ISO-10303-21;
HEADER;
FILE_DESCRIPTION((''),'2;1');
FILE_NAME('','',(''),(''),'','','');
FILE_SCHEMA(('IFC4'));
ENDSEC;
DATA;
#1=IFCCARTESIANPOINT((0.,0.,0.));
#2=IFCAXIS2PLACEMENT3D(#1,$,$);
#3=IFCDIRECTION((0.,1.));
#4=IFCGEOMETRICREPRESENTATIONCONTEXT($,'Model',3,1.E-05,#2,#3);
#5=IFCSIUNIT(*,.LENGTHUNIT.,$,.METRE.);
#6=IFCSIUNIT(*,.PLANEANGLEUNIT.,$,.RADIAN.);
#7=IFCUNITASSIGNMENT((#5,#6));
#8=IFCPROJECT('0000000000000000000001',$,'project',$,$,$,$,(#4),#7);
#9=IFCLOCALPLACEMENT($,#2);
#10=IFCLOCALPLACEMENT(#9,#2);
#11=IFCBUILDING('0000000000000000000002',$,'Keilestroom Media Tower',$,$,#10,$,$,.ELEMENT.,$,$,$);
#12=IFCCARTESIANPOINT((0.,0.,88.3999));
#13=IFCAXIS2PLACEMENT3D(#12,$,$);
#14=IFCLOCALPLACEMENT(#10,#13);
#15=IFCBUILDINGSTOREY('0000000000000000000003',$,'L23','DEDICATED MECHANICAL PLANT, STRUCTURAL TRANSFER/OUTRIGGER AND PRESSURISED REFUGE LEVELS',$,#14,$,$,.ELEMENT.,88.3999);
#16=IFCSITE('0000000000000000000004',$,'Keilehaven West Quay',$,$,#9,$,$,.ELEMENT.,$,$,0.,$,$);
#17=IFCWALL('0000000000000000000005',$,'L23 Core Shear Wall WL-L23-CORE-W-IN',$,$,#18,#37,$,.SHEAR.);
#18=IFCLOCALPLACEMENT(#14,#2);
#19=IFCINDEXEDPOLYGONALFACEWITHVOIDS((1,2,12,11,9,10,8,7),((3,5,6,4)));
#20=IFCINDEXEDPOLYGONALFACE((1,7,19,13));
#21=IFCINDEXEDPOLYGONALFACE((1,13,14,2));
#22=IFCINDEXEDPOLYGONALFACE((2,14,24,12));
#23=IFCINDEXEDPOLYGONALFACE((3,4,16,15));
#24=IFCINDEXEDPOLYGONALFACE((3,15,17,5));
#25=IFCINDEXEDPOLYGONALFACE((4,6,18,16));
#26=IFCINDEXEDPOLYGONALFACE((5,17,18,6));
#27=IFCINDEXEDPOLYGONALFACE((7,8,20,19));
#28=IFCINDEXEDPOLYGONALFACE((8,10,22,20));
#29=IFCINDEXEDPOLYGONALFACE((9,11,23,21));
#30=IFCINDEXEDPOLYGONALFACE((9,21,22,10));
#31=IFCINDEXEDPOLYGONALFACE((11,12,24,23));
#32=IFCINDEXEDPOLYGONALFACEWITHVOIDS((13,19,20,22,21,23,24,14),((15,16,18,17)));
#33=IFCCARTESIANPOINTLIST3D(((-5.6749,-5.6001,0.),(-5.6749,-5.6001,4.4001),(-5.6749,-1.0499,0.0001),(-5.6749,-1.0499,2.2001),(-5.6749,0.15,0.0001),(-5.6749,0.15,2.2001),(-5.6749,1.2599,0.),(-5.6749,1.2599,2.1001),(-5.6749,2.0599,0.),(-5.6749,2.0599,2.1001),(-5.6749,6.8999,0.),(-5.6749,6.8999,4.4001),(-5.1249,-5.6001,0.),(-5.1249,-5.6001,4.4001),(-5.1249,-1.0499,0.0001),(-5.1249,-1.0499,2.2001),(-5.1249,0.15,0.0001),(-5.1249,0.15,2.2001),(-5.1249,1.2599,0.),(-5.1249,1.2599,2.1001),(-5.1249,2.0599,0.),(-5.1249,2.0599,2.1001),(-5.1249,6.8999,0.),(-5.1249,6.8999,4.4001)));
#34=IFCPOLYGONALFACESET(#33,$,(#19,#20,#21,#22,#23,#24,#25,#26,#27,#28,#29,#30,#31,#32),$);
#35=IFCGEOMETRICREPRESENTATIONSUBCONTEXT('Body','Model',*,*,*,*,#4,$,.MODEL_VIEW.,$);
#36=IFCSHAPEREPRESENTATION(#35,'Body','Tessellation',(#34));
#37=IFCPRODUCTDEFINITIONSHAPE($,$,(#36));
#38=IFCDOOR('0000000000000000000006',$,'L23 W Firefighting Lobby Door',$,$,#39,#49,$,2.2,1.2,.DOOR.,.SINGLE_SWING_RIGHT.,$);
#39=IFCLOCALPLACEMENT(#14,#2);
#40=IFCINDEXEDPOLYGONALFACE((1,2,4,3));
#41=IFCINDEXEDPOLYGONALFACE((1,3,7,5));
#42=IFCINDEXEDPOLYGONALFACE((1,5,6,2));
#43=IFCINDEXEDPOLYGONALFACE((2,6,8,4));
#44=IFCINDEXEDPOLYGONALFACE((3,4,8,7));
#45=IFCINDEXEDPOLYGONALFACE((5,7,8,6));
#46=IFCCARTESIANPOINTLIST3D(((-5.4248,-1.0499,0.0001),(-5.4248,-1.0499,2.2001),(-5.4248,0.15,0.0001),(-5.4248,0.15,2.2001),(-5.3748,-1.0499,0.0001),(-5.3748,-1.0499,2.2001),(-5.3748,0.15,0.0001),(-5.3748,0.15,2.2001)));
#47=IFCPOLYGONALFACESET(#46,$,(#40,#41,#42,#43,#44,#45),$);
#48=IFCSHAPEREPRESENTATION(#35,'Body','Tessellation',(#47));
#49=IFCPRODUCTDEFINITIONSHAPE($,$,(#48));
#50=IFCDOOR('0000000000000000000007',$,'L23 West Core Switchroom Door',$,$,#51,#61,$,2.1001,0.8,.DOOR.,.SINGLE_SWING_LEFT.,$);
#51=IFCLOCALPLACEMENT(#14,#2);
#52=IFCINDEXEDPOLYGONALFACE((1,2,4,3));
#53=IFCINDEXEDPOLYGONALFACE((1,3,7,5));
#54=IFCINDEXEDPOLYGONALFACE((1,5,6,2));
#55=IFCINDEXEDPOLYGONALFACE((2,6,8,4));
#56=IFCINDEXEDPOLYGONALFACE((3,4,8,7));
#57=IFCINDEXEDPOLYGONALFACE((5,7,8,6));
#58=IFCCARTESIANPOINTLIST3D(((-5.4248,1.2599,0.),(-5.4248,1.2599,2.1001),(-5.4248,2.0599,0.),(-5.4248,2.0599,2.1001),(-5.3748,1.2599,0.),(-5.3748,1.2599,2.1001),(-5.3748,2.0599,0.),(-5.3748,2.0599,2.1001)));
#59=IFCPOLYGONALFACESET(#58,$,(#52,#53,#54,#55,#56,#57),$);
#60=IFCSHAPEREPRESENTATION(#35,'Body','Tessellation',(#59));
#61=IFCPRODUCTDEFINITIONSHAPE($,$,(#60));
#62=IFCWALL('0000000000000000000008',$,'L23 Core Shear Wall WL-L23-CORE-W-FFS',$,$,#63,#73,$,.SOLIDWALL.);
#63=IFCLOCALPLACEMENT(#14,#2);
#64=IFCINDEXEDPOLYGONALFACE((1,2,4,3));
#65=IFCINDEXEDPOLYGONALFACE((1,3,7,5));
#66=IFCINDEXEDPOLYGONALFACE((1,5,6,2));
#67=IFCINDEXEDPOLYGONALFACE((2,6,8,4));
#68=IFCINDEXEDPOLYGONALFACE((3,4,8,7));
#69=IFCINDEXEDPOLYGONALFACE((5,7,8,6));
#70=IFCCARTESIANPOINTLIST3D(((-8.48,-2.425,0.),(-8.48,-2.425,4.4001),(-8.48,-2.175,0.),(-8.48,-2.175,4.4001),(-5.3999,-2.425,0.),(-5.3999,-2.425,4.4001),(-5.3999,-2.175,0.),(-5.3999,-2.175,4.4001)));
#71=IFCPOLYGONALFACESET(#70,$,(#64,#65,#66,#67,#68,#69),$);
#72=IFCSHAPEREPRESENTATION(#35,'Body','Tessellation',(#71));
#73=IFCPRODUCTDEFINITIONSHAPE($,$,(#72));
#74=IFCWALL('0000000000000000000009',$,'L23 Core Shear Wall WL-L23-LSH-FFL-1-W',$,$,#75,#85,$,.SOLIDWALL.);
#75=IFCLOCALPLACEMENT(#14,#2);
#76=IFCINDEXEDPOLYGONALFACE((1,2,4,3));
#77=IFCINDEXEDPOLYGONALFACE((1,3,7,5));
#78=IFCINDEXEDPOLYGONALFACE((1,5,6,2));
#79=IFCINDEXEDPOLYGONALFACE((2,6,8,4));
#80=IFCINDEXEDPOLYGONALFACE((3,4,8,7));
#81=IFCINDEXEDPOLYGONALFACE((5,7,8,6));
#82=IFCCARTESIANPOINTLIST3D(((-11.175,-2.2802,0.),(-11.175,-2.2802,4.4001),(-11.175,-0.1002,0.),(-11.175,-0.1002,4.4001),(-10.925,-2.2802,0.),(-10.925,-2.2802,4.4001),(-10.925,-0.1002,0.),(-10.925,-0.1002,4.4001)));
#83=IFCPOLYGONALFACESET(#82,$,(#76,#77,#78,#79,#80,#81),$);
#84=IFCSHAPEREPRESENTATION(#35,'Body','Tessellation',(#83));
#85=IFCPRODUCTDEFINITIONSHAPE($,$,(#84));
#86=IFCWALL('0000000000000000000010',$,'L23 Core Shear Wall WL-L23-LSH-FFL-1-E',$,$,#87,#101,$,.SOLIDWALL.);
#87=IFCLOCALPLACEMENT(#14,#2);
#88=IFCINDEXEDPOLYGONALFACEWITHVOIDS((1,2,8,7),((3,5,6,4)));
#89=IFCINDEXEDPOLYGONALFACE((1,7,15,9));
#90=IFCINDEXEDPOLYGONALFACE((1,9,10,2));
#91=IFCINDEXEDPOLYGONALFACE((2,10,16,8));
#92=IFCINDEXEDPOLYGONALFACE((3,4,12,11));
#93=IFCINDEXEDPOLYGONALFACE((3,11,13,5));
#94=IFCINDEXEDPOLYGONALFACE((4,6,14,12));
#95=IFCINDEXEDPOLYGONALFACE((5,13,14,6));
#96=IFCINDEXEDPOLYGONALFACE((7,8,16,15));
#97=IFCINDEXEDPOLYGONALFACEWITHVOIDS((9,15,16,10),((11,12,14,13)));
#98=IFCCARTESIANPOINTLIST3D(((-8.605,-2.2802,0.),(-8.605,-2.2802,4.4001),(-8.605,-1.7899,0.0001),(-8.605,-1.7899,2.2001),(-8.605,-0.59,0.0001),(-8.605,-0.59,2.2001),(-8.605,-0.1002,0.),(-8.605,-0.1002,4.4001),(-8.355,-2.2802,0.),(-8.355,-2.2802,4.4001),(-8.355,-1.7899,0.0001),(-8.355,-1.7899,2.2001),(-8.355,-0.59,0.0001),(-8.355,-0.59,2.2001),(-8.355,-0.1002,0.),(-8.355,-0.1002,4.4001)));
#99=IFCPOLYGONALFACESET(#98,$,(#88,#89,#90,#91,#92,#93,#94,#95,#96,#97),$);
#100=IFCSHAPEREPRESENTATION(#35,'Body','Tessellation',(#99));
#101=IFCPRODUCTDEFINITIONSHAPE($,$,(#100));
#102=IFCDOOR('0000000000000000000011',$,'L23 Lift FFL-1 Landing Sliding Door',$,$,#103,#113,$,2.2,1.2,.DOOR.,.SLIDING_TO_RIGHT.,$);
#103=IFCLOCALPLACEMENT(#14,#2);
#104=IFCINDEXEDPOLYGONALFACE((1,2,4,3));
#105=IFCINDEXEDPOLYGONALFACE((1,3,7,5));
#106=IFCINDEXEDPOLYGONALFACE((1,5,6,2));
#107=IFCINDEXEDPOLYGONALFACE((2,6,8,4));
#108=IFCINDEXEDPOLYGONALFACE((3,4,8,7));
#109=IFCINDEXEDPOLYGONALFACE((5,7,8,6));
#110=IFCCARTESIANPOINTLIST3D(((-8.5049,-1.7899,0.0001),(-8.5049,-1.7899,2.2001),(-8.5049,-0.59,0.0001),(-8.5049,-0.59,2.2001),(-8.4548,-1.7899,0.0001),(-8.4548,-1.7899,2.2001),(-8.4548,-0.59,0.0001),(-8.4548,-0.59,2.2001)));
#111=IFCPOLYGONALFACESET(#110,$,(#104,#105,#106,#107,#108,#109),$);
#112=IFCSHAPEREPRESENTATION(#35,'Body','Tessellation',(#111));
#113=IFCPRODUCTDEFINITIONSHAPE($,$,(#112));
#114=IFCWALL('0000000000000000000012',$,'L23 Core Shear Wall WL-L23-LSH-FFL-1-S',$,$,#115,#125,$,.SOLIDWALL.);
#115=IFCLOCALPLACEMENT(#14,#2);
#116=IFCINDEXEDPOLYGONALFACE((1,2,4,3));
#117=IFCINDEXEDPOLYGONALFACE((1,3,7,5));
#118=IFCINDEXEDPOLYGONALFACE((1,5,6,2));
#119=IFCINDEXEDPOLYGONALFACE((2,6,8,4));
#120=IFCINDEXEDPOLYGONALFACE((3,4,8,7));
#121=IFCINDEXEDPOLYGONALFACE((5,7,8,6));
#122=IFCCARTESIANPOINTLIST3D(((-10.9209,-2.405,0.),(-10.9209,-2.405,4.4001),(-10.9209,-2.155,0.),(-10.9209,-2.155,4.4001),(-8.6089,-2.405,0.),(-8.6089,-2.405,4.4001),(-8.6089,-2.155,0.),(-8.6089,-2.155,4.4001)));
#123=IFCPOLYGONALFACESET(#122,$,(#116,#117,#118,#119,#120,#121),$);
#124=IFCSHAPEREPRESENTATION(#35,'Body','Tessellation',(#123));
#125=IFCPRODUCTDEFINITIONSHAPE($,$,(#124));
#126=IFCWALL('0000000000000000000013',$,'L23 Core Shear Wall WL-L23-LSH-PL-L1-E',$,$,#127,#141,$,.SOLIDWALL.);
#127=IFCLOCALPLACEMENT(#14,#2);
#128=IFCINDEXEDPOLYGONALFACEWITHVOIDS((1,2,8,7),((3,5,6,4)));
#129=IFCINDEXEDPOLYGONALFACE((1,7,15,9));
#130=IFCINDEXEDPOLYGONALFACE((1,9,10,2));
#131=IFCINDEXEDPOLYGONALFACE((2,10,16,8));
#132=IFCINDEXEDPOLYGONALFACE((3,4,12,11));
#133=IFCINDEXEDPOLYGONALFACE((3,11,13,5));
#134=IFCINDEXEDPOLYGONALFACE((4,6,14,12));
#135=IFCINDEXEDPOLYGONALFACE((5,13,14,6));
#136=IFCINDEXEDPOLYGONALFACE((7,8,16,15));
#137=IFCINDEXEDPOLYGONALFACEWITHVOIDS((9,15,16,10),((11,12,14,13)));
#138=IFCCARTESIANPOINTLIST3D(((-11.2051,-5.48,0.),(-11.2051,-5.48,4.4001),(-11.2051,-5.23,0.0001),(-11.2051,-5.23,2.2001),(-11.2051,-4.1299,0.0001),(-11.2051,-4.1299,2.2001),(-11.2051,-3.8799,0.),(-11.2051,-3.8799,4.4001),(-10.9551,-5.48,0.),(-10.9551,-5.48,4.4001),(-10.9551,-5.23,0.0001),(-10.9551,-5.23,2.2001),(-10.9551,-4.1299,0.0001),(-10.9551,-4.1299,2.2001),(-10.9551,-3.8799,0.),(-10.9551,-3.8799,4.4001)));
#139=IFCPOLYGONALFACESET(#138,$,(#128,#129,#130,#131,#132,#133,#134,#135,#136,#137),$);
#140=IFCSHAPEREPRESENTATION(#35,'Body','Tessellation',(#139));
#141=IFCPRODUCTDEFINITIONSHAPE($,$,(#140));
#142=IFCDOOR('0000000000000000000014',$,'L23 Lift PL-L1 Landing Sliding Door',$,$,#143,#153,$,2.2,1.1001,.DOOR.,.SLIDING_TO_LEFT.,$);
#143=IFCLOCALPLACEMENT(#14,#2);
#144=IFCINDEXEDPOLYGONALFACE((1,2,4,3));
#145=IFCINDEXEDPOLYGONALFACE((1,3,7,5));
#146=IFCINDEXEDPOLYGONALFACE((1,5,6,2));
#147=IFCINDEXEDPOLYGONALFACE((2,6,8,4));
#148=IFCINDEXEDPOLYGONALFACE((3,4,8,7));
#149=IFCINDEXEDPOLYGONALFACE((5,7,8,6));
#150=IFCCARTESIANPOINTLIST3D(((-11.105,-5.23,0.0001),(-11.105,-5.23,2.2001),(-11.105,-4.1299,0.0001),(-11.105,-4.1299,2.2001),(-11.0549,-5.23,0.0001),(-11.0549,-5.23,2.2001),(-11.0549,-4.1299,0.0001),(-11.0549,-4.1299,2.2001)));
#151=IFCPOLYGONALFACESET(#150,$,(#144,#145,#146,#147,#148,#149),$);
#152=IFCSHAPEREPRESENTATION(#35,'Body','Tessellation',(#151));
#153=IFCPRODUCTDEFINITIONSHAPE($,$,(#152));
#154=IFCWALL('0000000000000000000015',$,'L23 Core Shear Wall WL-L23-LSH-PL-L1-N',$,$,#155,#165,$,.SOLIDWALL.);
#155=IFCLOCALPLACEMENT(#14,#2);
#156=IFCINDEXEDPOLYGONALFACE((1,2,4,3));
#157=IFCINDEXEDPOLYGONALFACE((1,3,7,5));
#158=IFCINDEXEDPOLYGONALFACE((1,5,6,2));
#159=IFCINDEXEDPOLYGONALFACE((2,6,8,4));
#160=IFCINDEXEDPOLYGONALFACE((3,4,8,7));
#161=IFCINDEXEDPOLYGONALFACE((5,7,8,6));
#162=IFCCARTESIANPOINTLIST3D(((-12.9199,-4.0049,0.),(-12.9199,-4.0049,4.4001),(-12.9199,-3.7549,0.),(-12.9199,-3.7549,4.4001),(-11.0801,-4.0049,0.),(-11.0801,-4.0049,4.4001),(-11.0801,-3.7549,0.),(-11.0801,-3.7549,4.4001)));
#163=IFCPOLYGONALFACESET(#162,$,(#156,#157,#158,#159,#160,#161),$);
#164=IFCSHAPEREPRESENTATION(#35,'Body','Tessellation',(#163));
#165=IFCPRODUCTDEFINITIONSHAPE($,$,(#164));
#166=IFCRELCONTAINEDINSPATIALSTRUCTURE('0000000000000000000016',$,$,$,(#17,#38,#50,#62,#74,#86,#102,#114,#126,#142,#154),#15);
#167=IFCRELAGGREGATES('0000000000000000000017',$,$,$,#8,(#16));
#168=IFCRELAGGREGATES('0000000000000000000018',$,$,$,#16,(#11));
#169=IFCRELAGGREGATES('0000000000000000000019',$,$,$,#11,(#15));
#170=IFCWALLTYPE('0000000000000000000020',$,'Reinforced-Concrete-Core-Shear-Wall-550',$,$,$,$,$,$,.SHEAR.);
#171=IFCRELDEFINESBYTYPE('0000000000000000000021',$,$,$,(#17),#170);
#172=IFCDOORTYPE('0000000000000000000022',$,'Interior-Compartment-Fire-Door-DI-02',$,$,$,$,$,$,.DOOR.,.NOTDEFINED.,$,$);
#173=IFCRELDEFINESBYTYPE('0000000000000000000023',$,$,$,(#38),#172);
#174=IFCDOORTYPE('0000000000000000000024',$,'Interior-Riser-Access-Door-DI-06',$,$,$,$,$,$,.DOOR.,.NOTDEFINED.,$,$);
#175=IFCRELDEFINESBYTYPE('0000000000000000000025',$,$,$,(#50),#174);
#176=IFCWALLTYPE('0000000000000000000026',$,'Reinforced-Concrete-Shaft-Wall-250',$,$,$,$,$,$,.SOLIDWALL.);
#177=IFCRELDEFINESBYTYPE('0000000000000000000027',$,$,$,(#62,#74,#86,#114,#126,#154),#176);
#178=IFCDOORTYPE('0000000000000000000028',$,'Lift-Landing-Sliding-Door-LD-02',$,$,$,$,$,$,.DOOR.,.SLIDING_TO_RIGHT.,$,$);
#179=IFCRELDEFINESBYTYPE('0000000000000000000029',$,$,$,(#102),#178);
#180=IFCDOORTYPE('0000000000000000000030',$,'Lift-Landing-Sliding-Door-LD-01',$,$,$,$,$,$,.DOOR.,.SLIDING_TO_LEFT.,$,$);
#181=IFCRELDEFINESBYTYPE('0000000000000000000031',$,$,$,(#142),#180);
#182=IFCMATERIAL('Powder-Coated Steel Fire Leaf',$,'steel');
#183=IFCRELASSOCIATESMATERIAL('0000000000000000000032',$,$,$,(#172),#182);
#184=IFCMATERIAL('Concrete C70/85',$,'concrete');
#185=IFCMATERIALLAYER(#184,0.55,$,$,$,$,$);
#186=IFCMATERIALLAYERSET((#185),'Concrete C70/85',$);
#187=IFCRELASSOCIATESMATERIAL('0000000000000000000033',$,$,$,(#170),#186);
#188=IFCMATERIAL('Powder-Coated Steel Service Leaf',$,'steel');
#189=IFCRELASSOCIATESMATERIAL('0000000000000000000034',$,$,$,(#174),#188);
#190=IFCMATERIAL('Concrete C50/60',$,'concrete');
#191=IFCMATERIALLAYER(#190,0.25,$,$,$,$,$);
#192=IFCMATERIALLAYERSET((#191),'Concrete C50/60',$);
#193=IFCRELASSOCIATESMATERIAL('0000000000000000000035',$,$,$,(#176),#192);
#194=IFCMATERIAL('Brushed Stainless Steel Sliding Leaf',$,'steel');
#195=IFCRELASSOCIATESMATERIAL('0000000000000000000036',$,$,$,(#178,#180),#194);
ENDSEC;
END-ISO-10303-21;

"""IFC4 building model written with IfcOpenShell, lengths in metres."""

from ifc_helpers import new_model, si_unit, direction, frame, frame_2d, origin, place, context, subcontext, project, spatial, rectangle, extrude, source, transform, mapped, material, layer, layer_set, type_object, element, fill, save


model = new_model("IFC4")

# Units and contexts
model_context = context("Model", 3, precision=1e-05, world=origin(), true_north=direction((0.0, 1.0)))
body_context = subcontext(model_context, "Body", "Model", "MODEL_VIEW")
ifc_project = project(units=[si_unit("LENGTHUNIT", "METRE"), si_unit("PLANEANGLEUNIT", "RADIAN")], contexts=[model_context])

# Site, building, storey
site_placement = place(None, origin())
site = spatial("IfcSite", under=ifc_project, at=site_placement, Name="Keilehaven West Quay", CompositionType="ELEMENT", RefElevation=0.0)
building_placement = place(site_placement, origin())
building = spatial("IfcBuilding", under=site, at=building_placement, Name="Keilestroom Media Tower", CompositionType="ELEMENT")
storey_placement = place(building_placement, frame((0.0, 0.0, 88.3999)))
storey = spatial("IfcBuildingStorey", under=building, at=storey_placement, Name="L23", Description="DEDICATED MECHANICAL PLANT, STRUCTURAL TRANSFER/OUTRIGGER AND PRESSURISED REFUGE LEVELS", CompositionType="ELEMENT", Elevation=88.3999)

# Shared definitions
ifc_material_1 = material(Name="Concrete C70/85", Category="concrete")

# Shared definitions
ifc_material_2 = material(Name="Powder-Coated Steel Fire Leaf", Category="steel")
door_type_1 = type_object("IfcDoorType", Name="Interior-Compartment-Fire-Door-DI-02", OperationType="NOTDEFINED", PredefinedType="DOOR", material=ifc_material_2)
shared_shape_1 = source(origin(), body_context, "Body", "SweptSolid", [
    extrude(rectangle(XDim=1.2, YDim=2.2, at=frame_2d((0.6001, 1.1001))), frame((0.0, 0.0249, 0.0), z_axis=(0.0, -1.0, 0.0), x_axis=(1.0, 0.0, 0.0)), (0.0, 0.0, 1.0), 0.05),
])

# Wall, openings, doors
ifc_layer_1 = layer(ifc_material_1, 0.55)
ifc_layer_set_1 = layer_set([ifc_layer_1], Name="Concrete C70/85")
wall_type_1 = type_object("IfcWallType", Name="Reinforced-Concrete-Core-Shear-Wall-550", PredefinedType="SHEAR", material=ifc_layer_set_1)
wall_1_placement = place(storey_placement, frame((-5.3999, -5.6001, 0.0), z_axis=(0.0, 0.0, 1.0), x_axis=(0.0, 1.0, 0.0)))
wall_1 = element("IfcWall", 1, at=wall_1_placement, inside=storey, type_object=wall_type_1, Name="L23 Core Shear Wall WL-L23-CORE-W-IN", PredefinedType="SHEAR", context=body_context, shape_type="SweptSolid", body=[
    extrude(rectangle(XDim=12.5, YDim=0.55, at=frame_2d((6.25, 0.0))), origin(), (0.0, 0.0, 1.0), 4.4001),
])
opening_1_placement = place(wall_1_placement, frame((4.55, 0.0, 0.0)))
opening_1 = element("IfcOpeningElement", 2, at=opening_1_placement, cuts=wall_1, PredefinedType="OPENING", context=body_context, shape_type="SweptSolid", body=[
    extrude(rectangle(XDim=1.2, YDim=2.2, at=frame_2d((0.6001, 1.1001))), frame((0.0, 0.2852, 0.0), z_axis=(0.0, -1.0, 0.0), x_axis=(1.0, 0.0, 0.0)), (0.0, 0.0, 1.0), 0.5701),
])
opening_2_placement = place(wall_1_placement, frame((6.8601, 0.0, 0.0)))
opening_2 = element("IfcOpeningElement", 3, at=opening_2_placement, cuts=wall_1, PredefinedType="OPENING", context=body_context, shape_type="SweptSolid", body=[
    extrude(rectangle(XDim=0.8, YDim=2.1001, at=frame_2d((0.3999, 1.05))), frame((0.0, 0.2852, 0.0), z_axis=(0.0, -1.0, 0.0), x_axis=(1.0, 0.0, 0.0)), (0.0, 0.0, 1.0), 0.5701),
])
door_1_placement = place(opening_1_placement, origin())
door_1 = element("IfcDoor", 4, at=door_1_placement, inside=storey, type_object=door_type_1, Name="L23 W Firefighting Lobby Door", OperationType="SINGLE_SWING_RIGHT", OverallHeight=2.2, OverallWidth=1.2, PredefinedType="DOOR", context=body_context, shape_type="MappedRepresentation", body=[
    mapped(shared_shape_1, transform((0.0, 0.0, 0.0), x_axis=(1.0, 0.0, 0.0), y_axis=(0.0, 1.0, 0.0), z_axis=(0.0, 0.0, 1.0), scale=1.0)),
])
fill(opening_1, door_1)
ifc_material_3 = material(Name="Powder-Coated Steel Service Leaf", Category="steel")
door_type_2 = type_object("IfcDoorType", Name="Interior-Riser-Access-Door-DI-06", OperationType="NOTDEFINED", PredefinedType="DOOR", material=ifc_material_3)
shared_shape_2 = source(origin(), body_context, "Body", "SweptSolid", [
    extrude(rectangle(XDim=0.8, YDim=2.1001, at=frame_2d((0.3999, 1.05))), frame((0.0, 0.0249, 0.0), z_axis=(0.0, -1.0, 0.0), x_axis=(1.0, 0.0, 0.0)), (0.0, 0.0, 1.0), 0.05),
])
door_2_placement = place(opening_2_placement, origin())
door_2 = element("IfcDoor", 5, at=door_2_placement, inside=storey, type_object=door_type_2, Name="L23 West Core Switchroom Door", OperationType="SINGLE_SWING_LEFT", OverallHeight=2.1001, OverallWidth=0.8, PredefinedType="DOOR", context=body_context, shape_type="MappedRepresentation", body=[
    mapped(shared_shape_2, transform((0.0, 0.0, 0.0), x_axis=(1.0, 0.0, 0.0), y_axis=(0.0, 1.0, 0.0), z_axis=(0.0, 0.0, 1.0), scale=1.0)),
])
fill(opening_2, door_2)

# Walls
ifc_material_4 = material(Name="Concrete C50/60", Category="concrete")
ifc_layer_2 = layer(ifc_material_4, 0.25)
ifc_layer_set_2 = layer_set([ifc_layer_2], Name="Concrete C50/60")
wall_type_2 = type_object("IfcWallType", Name="Reinforced-Concrete-Shaft-Wall-250", PredefinedType="SOLIDWALL", material=ifc_layer_set_2)
wall_2_placement = place(storey_placement, frame((-8.48, -2.3, 0.0), z_axis=(0.0, 0.0, 1.0), x_axis=(1.0, 0.0, 0.0)))
element("IfcWall", 6, at=wall_2_placement, inside=storey, type_object=wall_type_2, Name="L23 Core Shear Wall WL-L23-CORE-W-FFS", PredefinedType="SOLIDWALL", context=body_context, shape_type="SweptSolid", body=[
    extrude(rectangle(XDim=3.0801, YDim=0.25, at=frame_2d((1.54, 0.0))), origin(), (0.0, 0.0, 1.0), 4.4001),
])
wall_3_placement = place(storey_placement, frame((-11.05, -2.28, 0.0), z_axis=(0.0, 0.0, 1.0), x_axis=(0.0, 1.0, 0.0)))
element("IfcWall", 7, at=wall_3_placement, inside=storey, type_object=wall_type_2, Name="L23 Core Shear Wall WL-L23-LSH-FFL-1-W", PredefinedType="SOLIDWALL", context=body_context, shape_type="SweptSolid", body=[
    extrude(rectangle(XDim=2.1799, YDim=0.25, at=frame_2d((1.0898, 0.0))), origin(), (0.0, 0.0, 1.0), 4.4001),
])

# Wall, opening, door
wall_4_placement = place(storey_placement, frame((-8.48, -2.28, 0.0), z_axis=(0.0, 0.0, 1.0), x_axis=(0.0, 1.0, 0.0)))
wall_4 = element("IfcWall", 8, at=wall_4_placement, inside=storey, type_object=wall_type_2, Name="L23 Core Shear Wall WL-L23-LSH-FFL-1-E", PredefinedType="SOLIDWALL", context=body_context, shape_type="SweptSolid", body=[
    extrude(rectangle(XDim=2.1799, YDim=0.25, at=frame_2d((1.0898, 0.0))), origin(), (0.0, 0.0, 1.0), 4.4001),
])
opening_3_placement = place(wall_4_placement, frame((0.49, 0.0, 0.0)))
opening_3 = element("IfcOpeningElement", 9, at=opening_3_placement, cuts=wall_4, PredefinedType="OPENING", context=body_context, shape_type="SweptSolid", body=[
    extrude(rectangle(XDim=1.2, YDim=2.2, at=frame_2d((0.6001, 1.1001))), frame((0.0, 0.135, 0.0), z_axis=(0.0, -1.0, 0.0), x_axis=(1.0, 0.0, 0.0)), (0.0, 0.0, 1.0), 0.27),
])
ifc_material_5 = material(Name="Brushed Stainless Steel Sliding Leaf", Category="steel")
door_type_3 = type_object("IfcDoorType", Name="Lift-Landing-Sliding-Door-LD-02", OperationType="SLIDING_TO_RIGHT", PredefinedType="DOOR", material=ifc_material_5)
door_3_placement = place(opening_3_placement, origin())
door_3 = element("IfcDoor", 10, at=door_3_placement, inside=storey, type_object=door_type_3, Name="L23 Lift FFL-1 Landing Sliding Door", OperationType="SLIDING_TO_RIGHT", OverallHeight=2.2, OverallWidth=1.2, PredefinedType="DOOR", context=body_context, shape_type="MappedRepresentation", body=[
    mapped(shared_shape_1, transform((0.0, 0.0, 0.0), x_axis=(1.0, 0.0, 0.0), y_axis=(0.0, 1.0, 0.0), z_axis=(0.0, 0.0, 1.0), scale=1.0)),
])
fill(opening_3, door_3)

# Wall
wall_5_placement = place(storey_placement, frame((-10.9209, -2.28, 0.0), z_axis=(0.0, 0.0, 1.0), x_axis=(1.0, 0.0, 0.0)))
element("IfcWall", 11, at=wall_5_placement, inside=storey, type_object=wall_type_2, Name="L23 Core Shear Wall WL-L23-LSH-FFL-1-S", PredefinedType="SOLIDWALL", context=body_context, shape_type="SweptSolid", body=[
    extrude(rectangle(XDim=2.312, YDim=0.25, at=frame_2d((1.156, 0.0))), origin(), (0.0, 0.0, 1.0), 4.4001),
])

# Wall, opening, door
wall_6_placement = place(storey_placement, frame((-11.0801, -5.48, 0.0), z_axis=(0.0, 0.0, 1.0), x_axis=(0.0, 1.0, 0.0)))
wall_6 = element("IfcWall", 12, at=wall_6_placement, inside=storey, type_object=wall_type_2, Name="L23 Core Shear Wall WL-L23-LSH-PL-L1-E", PredefinedType="SOLIDWALL", context=body_context, shape_type="SweptSolid", body=[
    extrude(rectangle(XDim=1.6001, YDim=0.25, at=frame_2d((0.8, 0.0))), origin(), (0.0, 0.0, 1.0), 4.4001),
])
opening_4_placement = place(wall_6_placement, frame((0.25, 0.0, 0.0)))
opening_4 = element("IfcOpeningElement", 13, at=opening_4_placement, cuts=wall_6, PredefinedType="OPENING", context=body_context, shape_type="SweptSolid", body=[
    extrude(rectangle(XDim=1.1001, YDim=2.2, at=frame_2d((0.55, 1.1001))), frame((0.0, 0.135, 0.0), z_axis=(0.0, -1.0, 0.0), x_axis=(1.0, 0.0, 0.0)), (0.0, 0.0, 1.0), 0.27),
])
door_type_4 = type_object("IfcDoorType", Name="Lift-Landing-Sliding-Door-LD-01", OperationType="SLIDING_TO_LEFT", PredefinedType="DOOR", material=ifc_material_5)
shared_shape_3 = source(origin(), body_context, "Body", "SweptSolid", [
    extrude(rectangle(XDim=1.1001, YDim=2.2, at=frame_2d((0.55, 1.1001))), frame((0.0, 0.0249, 0.0), z_axis=(0.0, -1.0, 0.0), x_axis=(1.0, 0.0, 0.0)), (0.0, 0.0, 1.0), 0.05),
])
door_4_placement = place(opening_4_placement, origin())
door_4 = element("IfcDoor", 14, at=door_4_placement, inside=storey, type_object=door_type_4, Name="L23 Lift PL-L1 Landing Sliding Door", OperationType="SLIDING_TO_LEFT", OverallHeight=2.2, OverallWidth=1.1001, PredefinedType="DOOR", context=body_context, shape_type="MappedRepresentation", body=[
    mapped(shared_shape_3, transform((0.0, 0.0, 0.0), x_axis=(1.0, 0.0, 0.0), y_axis=(0.0, 1.0, 0.0), z_axis=(0.0, 0.0, 1.0), scale=1.0)),
])
fill(opening_4, door_4)

# Wall
wall_7_placement = place(storey_placement, frame((-12.9199, -3.8799, 0.0), z_axis=(0.0, 0.0, 1.0), x_axis=(1.0, 0.0, 0.0)))
element("IfcWall", 15, at=wall_7_placement, inside=storey, type_object=wall_type_2, Name="L23 Core Shear Wall WL-L23-LSH-PL-L1-N", PredefinedType="SOLIDWALL", context=body_context, shape_type="SweptSolid", body=[
    extrude(rectangle(XDim=1.8398, YDim=0.25, at=frame_2d((0.9199, 0.0))), origin(), (0.0, 0.0, 1.0), 4.4001),
])

save(model, "model.ifc")
